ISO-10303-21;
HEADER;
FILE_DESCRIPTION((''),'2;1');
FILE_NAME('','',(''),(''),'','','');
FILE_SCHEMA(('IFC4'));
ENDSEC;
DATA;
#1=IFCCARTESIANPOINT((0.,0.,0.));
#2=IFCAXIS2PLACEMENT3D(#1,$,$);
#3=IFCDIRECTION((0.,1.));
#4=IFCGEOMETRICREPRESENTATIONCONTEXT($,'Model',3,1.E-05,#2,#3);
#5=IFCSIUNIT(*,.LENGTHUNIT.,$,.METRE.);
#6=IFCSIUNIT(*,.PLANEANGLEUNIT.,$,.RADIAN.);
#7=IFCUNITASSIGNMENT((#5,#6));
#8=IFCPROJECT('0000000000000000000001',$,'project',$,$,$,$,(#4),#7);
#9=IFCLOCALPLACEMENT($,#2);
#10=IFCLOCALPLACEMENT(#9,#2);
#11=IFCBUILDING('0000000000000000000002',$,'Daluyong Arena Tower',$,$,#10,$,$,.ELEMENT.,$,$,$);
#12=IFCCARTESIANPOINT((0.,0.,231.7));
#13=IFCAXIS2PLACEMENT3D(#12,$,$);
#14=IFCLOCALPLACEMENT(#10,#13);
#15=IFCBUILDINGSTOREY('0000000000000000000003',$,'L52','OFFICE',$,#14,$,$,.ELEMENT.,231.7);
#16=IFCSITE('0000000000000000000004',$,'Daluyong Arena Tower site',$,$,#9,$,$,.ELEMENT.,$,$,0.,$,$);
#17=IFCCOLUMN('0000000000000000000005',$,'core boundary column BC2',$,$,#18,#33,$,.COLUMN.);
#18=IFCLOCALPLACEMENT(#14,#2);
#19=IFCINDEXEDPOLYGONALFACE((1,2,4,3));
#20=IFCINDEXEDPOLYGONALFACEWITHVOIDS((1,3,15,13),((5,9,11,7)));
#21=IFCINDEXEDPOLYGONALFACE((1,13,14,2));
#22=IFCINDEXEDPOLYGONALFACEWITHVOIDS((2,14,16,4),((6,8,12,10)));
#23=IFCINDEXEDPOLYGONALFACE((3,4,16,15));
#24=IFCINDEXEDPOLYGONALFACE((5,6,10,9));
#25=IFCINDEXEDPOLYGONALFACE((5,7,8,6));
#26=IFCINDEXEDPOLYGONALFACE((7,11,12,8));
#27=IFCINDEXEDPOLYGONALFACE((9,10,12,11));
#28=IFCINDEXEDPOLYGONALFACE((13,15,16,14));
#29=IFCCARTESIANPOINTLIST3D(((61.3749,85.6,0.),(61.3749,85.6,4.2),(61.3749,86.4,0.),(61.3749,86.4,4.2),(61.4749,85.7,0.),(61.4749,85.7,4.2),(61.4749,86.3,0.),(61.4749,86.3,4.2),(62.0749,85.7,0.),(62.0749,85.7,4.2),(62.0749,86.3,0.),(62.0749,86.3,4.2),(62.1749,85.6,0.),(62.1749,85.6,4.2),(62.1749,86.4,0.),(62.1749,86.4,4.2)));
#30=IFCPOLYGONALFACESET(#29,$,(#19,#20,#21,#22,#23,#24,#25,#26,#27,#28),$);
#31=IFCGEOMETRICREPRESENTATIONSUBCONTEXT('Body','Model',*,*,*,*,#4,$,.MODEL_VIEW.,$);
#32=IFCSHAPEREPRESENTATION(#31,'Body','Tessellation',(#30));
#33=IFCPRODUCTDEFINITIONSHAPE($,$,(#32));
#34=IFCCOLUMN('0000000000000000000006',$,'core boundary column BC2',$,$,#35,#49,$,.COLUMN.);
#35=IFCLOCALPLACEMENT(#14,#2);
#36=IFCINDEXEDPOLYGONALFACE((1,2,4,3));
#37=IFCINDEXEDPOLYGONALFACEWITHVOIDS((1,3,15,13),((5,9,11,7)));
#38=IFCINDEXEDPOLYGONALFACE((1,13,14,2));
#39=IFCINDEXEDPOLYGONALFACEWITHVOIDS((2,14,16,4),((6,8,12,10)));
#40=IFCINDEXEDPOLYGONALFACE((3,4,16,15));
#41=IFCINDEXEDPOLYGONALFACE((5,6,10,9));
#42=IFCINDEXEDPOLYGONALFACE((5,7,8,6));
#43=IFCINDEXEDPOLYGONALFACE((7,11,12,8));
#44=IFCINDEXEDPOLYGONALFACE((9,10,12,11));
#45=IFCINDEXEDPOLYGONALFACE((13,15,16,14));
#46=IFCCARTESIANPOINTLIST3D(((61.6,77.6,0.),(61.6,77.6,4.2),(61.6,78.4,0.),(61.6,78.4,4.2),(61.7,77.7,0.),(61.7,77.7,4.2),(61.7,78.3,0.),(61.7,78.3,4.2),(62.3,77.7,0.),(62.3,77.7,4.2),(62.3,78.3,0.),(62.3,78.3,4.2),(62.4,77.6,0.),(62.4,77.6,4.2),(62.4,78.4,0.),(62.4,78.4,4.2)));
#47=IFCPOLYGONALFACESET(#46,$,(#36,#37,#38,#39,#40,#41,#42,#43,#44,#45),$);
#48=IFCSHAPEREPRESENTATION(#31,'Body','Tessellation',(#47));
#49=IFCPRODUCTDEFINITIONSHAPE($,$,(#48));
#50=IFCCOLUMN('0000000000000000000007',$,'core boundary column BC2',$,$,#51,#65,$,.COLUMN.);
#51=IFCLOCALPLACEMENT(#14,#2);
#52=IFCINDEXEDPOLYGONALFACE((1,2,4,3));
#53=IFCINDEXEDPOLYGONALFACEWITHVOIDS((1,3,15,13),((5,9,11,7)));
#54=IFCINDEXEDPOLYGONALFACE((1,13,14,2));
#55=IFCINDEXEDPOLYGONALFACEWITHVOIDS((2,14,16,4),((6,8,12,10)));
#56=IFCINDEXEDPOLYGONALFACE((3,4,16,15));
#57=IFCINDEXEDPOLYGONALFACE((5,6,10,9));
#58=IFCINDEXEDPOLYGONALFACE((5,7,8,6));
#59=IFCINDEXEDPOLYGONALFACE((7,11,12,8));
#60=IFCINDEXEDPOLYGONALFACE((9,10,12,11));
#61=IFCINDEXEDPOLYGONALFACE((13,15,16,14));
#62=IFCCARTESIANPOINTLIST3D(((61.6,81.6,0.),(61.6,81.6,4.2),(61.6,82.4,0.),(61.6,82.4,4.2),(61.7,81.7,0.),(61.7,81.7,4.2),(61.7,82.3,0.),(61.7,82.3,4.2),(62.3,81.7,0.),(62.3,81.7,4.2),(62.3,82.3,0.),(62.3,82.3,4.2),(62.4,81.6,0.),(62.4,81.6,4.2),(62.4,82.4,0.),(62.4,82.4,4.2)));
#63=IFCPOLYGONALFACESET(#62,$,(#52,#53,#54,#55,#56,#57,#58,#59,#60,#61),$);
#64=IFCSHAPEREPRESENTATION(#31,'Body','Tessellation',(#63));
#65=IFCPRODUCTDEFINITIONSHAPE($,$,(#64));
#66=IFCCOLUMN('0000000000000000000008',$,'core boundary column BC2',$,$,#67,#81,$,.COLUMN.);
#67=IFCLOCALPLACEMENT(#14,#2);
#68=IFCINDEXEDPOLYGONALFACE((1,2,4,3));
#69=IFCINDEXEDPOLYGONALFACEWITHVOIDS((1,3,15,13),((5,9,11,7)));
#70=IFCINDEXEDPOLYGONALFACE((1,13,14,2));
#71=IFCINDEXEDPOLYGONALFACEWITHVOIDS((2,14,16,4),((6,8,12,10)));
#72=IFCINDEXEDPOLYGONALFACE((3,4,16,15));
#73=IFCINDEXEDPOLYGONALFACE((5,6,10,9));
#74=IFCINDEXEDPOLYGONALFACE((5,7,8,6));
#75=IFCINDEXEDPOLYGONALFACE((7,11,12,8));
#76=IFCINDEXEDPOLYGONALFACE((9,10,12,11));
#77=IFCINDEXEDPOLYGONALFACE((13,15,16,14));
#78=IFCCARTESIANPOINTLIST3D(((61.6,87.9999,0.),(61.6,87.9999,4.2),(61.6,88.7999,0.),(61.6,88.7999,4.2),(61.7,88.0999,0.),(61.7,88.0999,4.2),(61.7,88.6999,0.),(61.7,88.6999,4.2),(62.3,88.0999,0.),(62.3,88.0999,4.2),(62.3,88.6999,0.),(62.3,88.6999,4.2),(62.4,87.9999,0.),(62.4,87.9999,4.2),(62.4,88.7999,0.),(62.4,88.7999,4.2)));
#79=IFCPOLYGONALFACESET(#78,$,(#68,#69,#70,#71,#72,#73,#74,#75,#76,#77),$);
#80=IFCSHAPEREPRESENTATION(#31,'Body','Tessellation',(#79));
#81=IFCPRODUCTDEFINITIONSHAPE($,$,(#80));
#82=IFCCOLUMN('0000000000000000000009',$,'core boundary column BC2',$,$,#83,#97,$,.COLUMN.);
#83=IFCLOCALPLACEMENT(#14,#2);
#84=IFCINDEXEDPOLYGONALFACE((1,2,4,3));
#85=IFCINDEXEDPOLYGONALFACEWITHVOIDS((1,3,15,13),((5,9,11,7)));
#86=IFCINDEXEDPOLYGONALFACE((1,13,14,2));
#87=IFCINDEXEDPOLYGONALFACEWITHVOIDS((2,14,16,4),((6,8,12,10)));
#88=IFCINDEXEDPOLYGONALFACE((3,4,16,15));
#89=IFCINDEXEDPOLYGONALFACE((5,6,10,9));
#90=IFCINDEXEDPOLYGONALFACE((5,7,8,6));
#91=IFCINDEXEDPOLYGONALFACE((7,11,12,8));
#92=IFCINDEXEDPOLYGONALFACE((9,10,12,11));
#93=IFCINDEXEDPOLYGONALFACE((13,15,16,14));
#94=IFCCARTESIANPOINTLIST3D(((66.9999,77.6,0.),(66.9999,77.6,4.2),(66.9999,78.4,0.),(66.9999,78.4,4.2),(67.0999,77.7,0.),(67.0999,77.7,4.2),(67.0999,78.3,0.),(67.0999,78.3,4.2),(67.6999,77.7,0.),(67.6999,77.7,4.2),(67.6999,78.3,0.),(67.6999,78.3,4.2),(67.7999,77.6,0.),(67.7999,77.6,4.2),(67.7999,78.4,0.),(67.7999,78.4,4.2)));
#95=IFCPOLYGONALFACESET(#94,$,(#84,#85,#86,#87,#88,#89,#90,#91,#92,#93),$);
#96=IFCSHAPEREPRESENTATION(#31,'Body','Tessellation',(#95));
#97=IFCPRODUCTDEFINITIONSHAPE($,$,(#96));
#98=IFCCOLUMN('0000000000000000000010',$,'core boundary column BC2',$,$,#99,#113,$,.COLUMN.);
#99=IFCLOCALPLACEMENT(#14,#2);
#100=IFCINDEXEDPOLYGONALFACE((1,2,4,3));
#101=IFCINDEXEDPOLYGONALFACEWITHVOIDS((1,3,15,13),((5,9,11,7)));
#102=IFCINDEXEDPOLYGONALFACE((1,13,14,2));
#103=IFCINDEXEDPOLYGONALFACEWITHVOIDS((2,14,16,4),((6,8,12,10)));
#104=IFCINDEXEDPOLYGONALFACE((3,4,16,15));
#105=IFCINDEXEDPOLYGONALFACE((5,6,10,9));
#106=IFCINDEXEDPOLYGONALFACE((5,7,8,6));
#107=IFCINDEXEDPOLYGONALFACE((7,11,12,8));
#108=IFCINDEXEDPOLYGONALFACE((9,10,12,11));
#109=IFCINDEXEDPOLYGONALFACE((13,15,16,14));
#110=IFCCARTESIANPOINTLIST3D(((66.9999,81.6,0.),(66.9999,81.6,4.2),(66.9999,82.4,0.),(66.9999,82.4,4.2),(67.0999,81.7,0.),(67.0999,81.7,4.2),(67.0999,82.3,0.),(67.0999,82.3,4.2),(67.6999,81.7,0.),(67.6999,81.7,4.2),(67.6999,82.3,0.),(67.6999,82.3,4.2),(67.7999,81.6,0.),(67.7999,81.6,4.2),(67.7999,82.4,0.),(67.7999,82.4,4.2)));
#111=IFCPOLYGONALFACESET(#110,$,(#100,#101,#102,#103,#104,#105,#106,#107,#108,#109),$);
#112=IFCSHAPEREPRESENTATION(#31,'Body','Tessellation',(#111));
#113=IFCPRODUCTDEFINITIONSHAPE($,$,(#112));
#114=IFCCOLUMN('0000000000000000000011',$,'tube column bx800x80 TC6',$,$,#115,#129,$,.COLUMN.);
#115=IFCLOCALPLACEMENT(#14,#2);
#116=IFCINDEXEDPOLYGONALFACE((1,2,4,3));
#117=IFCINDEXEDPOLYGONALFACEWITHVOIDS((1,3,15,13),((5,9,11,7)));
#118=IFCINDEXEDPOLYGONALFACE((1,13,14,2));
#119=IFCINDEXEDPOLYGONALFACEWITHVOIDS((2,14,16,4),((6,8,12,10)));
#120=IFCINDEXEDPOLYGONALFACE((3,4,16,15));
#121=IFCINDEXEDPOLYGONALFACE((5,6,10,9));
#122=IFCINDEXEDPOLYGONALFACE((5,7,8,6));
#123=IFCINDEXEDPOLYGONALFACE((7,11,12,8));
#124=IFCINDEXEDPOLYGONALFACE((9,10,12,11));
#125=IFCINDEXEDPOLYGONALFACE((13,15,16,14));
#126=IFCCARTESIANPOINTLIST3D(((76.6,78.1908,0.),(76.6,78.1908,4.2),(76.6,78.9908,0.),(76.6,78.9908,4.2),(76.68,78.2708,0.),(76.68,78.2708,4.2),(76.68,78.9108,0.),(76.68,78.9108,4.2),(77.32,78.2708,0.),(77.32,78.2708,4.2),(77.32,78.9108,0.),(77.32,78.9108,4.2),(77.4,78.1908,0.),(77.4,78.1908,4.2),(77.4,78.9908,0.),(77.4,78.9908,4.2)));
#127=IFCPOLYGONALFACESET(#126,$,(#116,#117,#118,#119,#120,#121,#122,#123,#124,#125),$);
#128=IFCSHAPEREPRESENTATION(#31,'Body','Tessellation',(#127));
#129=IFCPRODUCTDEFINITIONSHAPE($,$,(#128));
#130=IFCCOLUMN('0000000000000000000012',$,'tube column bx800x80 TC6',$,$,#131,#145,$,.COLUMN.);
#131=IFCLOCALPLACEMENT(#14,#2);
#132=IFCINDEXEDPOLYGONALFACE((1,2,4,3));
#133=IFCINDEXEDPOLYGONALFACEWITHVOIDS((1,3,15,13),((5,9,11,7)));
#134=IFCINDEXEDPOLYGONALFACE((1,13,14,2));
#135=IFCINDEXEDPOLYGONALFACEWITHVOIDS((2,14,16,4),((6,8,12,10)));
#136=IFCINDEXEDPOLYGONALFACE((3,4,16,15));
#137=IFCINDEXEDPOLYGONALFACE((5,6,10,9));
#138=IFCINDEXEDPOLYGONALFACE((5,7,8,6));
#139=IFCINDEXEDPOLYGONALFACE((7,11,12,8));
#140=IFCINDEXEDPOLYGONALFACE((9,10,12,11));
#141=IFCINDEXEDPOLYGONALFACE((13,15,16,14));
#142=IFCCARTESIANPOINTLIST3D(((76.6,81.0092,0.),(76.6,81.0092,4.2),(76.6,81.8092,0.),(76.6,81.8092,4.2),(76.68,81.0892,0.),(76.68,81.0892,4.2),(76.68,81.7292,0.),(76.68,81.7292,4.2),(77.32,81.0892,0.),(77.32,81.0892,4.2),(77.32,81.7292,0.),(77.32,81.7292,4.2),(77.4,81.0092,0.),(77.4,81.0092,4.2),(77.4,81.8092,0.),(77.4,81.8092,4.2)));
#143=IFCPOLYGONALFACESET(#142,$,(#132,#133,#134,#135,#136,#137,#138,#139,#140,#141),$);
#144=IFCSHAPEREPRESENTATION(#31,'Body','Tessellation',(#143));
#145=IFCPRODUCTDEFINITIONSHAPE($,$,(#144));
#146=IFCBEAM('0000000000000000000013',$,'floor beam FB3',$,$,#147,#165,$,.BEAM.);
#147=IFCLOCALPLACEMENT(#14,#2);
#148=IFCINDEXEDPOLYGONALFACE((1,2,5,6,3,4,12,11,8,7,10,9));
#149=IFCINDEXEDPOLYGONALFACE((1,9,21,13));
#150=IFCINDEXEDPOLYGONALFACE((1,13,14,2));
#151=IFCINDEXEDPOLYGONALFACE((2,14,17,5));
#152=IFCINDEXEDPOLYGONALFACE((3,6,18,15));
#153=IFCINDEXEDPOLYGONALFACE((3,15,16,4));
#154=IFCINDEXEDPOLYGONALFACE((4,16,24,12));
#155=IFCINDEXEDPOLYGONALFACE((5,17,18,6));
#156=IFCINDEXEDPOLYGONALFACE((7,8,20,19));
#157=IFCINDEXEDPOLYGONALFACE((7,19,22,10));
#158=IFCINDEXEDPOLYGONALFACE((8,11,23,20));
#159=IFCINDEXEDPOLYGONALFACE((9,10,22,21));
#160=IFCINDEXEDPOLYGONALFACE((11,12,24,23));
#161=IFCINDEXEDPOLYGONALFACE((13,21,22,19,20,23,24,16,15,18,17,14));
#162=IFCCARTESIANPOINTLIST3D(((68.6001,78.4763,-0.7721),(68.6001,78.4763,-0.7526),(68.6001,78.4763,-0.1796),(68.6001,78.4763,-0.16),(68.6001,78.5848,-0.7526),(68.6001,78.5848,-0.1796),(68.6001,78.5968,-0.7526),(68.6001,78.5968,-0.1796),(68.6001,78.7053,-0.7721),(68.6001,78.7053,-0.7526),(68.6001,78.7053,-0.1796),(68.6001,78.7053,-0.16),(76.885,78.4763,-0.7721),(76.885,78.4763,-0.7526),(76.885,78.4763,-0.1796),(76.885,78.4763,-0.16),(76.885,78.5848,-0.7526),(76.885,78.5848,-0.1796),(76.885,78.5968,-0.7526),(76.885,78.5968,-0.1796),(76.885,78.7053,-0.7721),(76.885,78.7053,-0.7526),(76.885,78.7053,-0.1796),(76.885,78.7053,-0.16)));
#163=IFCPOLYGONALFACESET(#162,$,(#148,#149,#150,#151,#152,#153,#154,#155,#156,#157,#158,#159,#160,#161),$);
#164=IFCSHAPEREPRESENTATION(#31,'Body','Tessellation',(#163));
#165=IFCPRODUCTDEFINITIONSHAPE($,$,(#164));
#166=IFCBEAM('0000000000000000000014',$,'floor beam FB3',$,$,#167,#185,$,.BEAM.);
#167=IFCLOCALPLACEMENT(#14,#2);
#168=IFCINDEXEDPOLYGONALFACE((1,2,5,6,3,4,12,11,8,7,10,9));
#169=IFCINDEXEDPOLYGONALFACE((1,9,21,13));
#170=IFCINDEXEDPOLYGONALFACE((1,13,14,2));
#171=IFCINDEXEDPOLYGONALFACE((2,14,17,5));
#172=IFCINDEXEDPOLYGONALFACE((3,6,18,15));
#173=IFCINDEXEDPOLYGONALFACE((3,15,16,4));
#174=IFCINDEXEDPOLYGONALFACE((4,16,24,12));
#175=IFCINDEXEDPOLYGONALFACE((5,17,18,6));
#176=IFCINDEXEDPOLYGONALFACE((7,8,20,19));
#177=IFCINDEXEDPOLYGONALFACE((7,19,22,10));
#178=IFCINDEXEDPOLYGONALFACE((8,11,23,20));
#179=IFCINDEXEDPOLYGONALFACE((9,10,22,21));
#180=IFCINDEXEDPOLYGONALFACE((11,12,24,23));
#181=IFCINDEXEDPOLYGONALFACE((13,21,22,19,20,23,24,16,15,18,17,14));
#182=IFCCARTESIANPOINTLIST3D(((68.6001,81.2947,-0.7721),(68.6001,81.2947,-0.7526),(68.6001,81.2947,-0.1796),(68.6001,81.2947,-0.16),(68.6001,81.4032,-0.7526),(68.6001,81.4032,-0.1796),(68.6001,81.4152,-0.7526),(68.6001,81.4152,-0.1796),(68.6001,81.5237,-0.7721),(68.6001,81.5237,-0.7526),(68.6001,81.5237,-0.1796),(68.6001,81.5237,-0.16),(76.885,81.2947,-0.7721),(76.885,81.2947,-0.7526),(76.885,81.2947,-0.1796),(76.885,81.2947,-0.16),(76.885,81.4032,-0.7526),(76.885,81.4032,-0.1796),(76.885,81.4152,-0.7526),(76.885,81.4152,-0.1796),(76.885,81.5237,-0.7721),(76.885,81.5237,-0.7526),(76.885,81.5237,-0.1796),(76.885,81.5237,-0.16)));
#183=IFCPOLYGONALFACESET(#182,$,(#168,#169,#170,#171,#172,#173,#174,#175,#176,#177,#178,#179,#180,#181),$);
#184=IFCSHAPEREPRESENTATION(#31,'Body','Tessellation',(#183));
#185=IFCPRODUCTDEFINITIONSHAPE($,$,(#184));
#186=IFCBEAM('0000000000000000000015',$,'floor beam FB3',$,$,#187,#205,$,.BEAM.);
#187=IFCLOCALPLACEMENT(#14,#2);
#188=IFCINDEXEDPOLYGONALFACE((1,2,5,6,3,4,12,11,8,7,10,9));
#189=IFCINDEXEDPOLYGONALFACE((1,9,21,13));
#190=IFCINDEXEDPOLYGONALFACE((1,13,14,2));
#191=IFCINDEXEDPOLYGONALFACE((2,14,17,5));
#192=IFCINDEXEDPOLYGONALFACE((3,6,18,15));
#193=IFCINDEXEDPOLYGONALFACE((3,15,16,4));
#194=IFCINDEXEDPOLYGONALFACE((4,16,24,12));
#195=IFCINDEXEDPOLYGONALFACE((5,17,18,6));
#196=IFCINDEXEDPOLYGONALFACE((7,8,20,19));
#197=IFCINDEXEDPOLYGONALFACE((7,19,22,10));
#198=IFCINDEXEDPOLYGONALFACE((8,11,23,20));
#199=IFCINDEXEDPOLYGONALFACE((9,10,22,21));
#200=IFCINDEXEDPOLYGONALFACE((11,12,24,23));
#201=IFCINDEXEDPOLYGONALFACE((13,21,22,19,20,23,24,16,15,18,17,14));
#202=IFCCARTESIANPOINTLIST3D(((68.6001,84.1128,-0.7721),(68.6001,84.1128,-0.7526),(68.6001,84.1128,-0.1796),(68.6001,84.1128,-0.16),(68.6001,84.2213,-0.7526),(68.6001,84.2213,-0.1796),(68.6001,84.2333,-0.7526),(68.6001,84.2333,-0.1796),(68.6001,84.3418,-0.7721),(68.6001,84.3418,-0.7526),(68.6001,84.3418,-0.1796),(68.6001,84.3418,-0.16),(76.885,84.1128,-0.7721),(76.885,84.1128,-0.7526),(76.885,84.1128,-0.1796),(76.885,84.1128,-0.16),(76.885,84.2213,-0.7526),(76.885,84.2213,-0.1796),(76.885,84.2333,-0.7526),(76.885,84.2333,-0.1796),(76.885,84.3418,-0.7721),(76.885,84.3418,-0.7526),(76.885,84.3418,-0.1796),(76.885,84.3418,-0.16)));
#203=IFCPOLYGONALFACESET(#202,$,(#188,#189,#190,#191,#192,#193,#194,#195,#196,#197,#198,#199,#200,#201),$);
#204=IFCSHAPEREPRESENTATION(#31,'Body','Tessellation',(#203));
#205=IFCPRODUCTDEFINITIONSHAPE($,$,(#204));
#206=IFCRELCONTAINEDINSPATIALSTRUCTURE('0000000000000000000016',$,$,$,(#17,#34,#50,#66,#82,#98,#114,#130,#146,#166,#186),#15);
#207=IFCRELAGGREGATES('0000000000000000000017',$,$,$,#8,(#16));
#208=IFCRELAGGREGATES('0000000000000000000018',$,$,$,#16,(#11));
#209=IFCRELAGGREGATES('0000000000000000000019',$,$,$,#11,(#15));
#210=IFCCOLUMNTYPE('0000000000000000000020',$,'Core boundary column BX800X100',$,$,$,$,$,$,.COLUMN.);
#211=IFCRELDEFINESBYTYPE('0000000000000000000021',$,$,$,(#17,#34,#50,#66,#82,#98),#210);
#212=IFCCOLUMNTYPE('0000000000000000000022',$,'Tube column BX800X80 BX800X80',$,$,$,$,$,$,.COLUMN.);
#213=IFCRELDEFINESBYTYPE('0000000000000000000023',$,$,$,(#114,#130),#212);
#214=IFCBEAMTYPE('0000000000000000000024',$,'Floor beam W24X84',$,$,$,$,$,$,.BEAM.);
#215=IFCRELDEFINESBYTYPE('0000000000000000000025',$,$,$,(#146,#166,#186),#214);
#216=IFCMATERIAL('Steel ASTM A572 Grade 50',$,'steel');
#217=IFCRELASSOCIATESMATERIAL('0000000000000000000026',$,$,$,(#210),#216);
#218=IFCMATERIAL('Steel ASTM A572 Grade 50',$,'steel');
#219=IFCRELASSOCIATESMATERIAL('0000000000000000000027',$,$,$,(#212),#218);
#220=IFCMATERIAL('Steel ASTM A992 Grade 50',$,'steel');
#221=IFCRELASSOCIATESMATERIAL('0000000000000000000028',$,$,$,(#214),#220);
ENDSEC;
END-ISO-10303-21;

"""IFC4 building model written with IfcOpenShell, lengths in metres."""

from ifc_helpers import new_model, si_unit, direction, frame, origin, origin_2d, place, context, subcontext, project, spatial, hollow_rectangle, i_section, extrude, material, material_profile, profile_set, type_object, element, save


model = new_model("IFC4")

# Units and contexts
model_context = context("Model", 3, precision=1e-05, world=origin(), true_north=direction((0.0, 1.0)))
body_context = subcontext(model_context, "Body", "Model", "MODEL_VIEW")
ifc_project = project(units=[si_unit("LENGTHUNIT", "METRE"), si_unit("PLANEANGLEUNIT", "RADIAN")], contexts=[model_context])

# Site, building, storey
site_placement = place(None, origin())
site = spatial("IfcSite", under=ifc_project, at=site_placement, Name="Daluyong Arena Tower site", CompositionType="ELEMENT", RefElevation=0.0)
building_placement = place(site_placement, origin())
building = spatial("IfcBuilding", under=site, at=building_placement, Name="Daluyong Arena Tower", CompositionType="ELEMENT")
storey_placement = place(building_placement, frame((0.0, 0.0, 231.7)))
storey = spatial("IfcBuildingStorey", under=building, at=storey_placement, Name="L52", Description="OFFICE", CompositionType="ELEMENT", Elevation=231.7)

# Columns
ifc_material_1 = material(Name="Steel ASTM A572 Grade 50", Category="steel")
ifc_material_profile_1 = material_profile(ifc_material_1, hollow_rectangle(XDim=0.8, YDim=0.8, WallThickness=0.1, at=origin_2d()))
ifc_profile_set_1 = profile_set([ifc_material_profile_1], Name="Steel ASTM A572 Grade 50")
column_type_1 = type_object("IfcColumnType", Name="Core boundary column BX800X100", PredefinedType="COLUMN", material=ifc_profile_set_1)
for number, where, z_axis, x_axis, name in (
    (1, (61.7749, 86.0, 0.0), (0.0, 0.0, 1.0), (1.0, 0.0, 0.0), "core boundary column BC2"),
    (2, (62.0, 78.0, 0.0), (0.0, 0.0, 1.0), (1.0, 0.0, 0.0), "core boundary column BC2"),
    (3, (62.0, 82.0, 0.0), (0.0, 0.0, 1.0), (1.0, 0.0, 0.0), "core boundary column BC2"),
    (4, (62.0, 88.3999, 0.0), (0.0, 0.0, 1.0), (1.0, 0.0, 0.0), "core boundary column BC2"),
    (5, (67.3999, 78.0, 0.0), (0.0, 0.0, 1.0), (1.0, 0.0, 0.0), "core boundary column BC2"),
    (6, (67.3999, 82.0, 0.0), (0.0, 0.0, 1.0), (1.0, 0.0, 0.0), "core boundary column BC2"),
):
    element("IfcColumn", number, at=place(storey_placement, frame(where, z_axis=z_axis, x_axis=x_axis)), inside=storey, type_object=column_type_1, Name=name, PredefinedType="COLUMN", context=body_context, shape_type="SweptSolid", body=[
        extrude(hollow_rectangle(XDim=0.8, YDim=0.8, WallThickness=0.1, at=origin_2d()), origin(), (0.0, 0.0, 1.0), 4.2),
    ])
ifc_material_2 = material(Name="Steel ASTM A572 Grade 50", Category="steel")
ifc_material_profile_2 = material_profile(ifc_material_2, hollow_rectangle(XDim=0.8, YDim=0.8, WallThickness=0.08, at=origin_2d()))
ifc_profile_set_2 = profile_set([ifc_material_profile_2], Name="Steel ASTM A572 Grade 50")
column_type_2 = type_object("IfcColumnType", Name="Tube column BX800X80 BX800X80", PredefinedType="COLUMN", material=ifc_profile_set_2)
for number, where, z_axis, x_axis, name in (
    (7, (77.0, 78.5908, 0.0), (0.0, 0.0, 1.0), (0.0, 1.0, 0.0), "tube column bx800x80 TC6"),
    (8, (77.0, 81.4092, 0.0), (0.0, 0.0, 1.0), (0.0, 1.0, 0.0), "tube column bx800x80 TC6"),
):
    element("IfcColumn", number, at=place(storey_placement, frame(where, z_axis=z_axis, x_axis=x_axis)), inside=storey, type_object=column_type_2, Name=name, PredefinedType="COLUMN", context=body_context, shape_type="SweptSolid", body=[
        extrude(hollow_rectangle(XDim=0.8, YDim=0.8, WallThickness=0.08, at=origin_2d()), origin(), (0.0, 0.0, 1.0), 4.2),
    ])

# Beams
ifc_material_3 = material(Name="Steel ASTM A992 Grade 50", Category="steel")
ifc_material_profile_3 = material_profile(ifc_material_3, i_section(OverallWidth=0.229, OverallDepth=0.6121, WebThickness=0.012, FlangeThickness=0.0195, at=origin_2d()))
ifc_profile_set_3 = profile_set([ifc_material_profile_3], Name="Steel ASTM A992 Grade 50")
beam_type_1 = type_object("IfcBeamType", Name="Floor beam W24X84", PredefinedType="BEAM", material=ifc_profile_set_3)
for number, where, z_axis, x_axis, name in (
    (9, (76.885, 78.5908, -0.4661), (-1.0, 0.0, 0.0), (0.0, -1.0, 0.0), "floor beam FB3"),
    (10, (76.885, 81.4092, -0.4661), (-1.0, 0.0, 0.0), (0.0, -1.0, 0.0), "floor beam FB3"),
    (11, (76.885, 84.2273, -0.4661), (-1.0, 0.0, 0.0), (0.0, -1.0, 0.0), "floor beam FB3"),
):
    element("IfcBeam", number, at=place(storey_placement, frame(where, z_axis=z_axis, x_axis=x_axis)), inside=storey, type_object=beam_type_1, Name=name, PredefinedType="BEAM", context=body_context, shape_type="SweptSolid", body=[
        extrude(i_section(OverallWidth=0.229, OverallDepth=0.6121, WebThickness=0.012, FlangeThickness=0.0195, at=origin_2d()), origin(), (0.0, 0.0, 1.0), 8.2849),
    ])

save(model, "model.ifc")
